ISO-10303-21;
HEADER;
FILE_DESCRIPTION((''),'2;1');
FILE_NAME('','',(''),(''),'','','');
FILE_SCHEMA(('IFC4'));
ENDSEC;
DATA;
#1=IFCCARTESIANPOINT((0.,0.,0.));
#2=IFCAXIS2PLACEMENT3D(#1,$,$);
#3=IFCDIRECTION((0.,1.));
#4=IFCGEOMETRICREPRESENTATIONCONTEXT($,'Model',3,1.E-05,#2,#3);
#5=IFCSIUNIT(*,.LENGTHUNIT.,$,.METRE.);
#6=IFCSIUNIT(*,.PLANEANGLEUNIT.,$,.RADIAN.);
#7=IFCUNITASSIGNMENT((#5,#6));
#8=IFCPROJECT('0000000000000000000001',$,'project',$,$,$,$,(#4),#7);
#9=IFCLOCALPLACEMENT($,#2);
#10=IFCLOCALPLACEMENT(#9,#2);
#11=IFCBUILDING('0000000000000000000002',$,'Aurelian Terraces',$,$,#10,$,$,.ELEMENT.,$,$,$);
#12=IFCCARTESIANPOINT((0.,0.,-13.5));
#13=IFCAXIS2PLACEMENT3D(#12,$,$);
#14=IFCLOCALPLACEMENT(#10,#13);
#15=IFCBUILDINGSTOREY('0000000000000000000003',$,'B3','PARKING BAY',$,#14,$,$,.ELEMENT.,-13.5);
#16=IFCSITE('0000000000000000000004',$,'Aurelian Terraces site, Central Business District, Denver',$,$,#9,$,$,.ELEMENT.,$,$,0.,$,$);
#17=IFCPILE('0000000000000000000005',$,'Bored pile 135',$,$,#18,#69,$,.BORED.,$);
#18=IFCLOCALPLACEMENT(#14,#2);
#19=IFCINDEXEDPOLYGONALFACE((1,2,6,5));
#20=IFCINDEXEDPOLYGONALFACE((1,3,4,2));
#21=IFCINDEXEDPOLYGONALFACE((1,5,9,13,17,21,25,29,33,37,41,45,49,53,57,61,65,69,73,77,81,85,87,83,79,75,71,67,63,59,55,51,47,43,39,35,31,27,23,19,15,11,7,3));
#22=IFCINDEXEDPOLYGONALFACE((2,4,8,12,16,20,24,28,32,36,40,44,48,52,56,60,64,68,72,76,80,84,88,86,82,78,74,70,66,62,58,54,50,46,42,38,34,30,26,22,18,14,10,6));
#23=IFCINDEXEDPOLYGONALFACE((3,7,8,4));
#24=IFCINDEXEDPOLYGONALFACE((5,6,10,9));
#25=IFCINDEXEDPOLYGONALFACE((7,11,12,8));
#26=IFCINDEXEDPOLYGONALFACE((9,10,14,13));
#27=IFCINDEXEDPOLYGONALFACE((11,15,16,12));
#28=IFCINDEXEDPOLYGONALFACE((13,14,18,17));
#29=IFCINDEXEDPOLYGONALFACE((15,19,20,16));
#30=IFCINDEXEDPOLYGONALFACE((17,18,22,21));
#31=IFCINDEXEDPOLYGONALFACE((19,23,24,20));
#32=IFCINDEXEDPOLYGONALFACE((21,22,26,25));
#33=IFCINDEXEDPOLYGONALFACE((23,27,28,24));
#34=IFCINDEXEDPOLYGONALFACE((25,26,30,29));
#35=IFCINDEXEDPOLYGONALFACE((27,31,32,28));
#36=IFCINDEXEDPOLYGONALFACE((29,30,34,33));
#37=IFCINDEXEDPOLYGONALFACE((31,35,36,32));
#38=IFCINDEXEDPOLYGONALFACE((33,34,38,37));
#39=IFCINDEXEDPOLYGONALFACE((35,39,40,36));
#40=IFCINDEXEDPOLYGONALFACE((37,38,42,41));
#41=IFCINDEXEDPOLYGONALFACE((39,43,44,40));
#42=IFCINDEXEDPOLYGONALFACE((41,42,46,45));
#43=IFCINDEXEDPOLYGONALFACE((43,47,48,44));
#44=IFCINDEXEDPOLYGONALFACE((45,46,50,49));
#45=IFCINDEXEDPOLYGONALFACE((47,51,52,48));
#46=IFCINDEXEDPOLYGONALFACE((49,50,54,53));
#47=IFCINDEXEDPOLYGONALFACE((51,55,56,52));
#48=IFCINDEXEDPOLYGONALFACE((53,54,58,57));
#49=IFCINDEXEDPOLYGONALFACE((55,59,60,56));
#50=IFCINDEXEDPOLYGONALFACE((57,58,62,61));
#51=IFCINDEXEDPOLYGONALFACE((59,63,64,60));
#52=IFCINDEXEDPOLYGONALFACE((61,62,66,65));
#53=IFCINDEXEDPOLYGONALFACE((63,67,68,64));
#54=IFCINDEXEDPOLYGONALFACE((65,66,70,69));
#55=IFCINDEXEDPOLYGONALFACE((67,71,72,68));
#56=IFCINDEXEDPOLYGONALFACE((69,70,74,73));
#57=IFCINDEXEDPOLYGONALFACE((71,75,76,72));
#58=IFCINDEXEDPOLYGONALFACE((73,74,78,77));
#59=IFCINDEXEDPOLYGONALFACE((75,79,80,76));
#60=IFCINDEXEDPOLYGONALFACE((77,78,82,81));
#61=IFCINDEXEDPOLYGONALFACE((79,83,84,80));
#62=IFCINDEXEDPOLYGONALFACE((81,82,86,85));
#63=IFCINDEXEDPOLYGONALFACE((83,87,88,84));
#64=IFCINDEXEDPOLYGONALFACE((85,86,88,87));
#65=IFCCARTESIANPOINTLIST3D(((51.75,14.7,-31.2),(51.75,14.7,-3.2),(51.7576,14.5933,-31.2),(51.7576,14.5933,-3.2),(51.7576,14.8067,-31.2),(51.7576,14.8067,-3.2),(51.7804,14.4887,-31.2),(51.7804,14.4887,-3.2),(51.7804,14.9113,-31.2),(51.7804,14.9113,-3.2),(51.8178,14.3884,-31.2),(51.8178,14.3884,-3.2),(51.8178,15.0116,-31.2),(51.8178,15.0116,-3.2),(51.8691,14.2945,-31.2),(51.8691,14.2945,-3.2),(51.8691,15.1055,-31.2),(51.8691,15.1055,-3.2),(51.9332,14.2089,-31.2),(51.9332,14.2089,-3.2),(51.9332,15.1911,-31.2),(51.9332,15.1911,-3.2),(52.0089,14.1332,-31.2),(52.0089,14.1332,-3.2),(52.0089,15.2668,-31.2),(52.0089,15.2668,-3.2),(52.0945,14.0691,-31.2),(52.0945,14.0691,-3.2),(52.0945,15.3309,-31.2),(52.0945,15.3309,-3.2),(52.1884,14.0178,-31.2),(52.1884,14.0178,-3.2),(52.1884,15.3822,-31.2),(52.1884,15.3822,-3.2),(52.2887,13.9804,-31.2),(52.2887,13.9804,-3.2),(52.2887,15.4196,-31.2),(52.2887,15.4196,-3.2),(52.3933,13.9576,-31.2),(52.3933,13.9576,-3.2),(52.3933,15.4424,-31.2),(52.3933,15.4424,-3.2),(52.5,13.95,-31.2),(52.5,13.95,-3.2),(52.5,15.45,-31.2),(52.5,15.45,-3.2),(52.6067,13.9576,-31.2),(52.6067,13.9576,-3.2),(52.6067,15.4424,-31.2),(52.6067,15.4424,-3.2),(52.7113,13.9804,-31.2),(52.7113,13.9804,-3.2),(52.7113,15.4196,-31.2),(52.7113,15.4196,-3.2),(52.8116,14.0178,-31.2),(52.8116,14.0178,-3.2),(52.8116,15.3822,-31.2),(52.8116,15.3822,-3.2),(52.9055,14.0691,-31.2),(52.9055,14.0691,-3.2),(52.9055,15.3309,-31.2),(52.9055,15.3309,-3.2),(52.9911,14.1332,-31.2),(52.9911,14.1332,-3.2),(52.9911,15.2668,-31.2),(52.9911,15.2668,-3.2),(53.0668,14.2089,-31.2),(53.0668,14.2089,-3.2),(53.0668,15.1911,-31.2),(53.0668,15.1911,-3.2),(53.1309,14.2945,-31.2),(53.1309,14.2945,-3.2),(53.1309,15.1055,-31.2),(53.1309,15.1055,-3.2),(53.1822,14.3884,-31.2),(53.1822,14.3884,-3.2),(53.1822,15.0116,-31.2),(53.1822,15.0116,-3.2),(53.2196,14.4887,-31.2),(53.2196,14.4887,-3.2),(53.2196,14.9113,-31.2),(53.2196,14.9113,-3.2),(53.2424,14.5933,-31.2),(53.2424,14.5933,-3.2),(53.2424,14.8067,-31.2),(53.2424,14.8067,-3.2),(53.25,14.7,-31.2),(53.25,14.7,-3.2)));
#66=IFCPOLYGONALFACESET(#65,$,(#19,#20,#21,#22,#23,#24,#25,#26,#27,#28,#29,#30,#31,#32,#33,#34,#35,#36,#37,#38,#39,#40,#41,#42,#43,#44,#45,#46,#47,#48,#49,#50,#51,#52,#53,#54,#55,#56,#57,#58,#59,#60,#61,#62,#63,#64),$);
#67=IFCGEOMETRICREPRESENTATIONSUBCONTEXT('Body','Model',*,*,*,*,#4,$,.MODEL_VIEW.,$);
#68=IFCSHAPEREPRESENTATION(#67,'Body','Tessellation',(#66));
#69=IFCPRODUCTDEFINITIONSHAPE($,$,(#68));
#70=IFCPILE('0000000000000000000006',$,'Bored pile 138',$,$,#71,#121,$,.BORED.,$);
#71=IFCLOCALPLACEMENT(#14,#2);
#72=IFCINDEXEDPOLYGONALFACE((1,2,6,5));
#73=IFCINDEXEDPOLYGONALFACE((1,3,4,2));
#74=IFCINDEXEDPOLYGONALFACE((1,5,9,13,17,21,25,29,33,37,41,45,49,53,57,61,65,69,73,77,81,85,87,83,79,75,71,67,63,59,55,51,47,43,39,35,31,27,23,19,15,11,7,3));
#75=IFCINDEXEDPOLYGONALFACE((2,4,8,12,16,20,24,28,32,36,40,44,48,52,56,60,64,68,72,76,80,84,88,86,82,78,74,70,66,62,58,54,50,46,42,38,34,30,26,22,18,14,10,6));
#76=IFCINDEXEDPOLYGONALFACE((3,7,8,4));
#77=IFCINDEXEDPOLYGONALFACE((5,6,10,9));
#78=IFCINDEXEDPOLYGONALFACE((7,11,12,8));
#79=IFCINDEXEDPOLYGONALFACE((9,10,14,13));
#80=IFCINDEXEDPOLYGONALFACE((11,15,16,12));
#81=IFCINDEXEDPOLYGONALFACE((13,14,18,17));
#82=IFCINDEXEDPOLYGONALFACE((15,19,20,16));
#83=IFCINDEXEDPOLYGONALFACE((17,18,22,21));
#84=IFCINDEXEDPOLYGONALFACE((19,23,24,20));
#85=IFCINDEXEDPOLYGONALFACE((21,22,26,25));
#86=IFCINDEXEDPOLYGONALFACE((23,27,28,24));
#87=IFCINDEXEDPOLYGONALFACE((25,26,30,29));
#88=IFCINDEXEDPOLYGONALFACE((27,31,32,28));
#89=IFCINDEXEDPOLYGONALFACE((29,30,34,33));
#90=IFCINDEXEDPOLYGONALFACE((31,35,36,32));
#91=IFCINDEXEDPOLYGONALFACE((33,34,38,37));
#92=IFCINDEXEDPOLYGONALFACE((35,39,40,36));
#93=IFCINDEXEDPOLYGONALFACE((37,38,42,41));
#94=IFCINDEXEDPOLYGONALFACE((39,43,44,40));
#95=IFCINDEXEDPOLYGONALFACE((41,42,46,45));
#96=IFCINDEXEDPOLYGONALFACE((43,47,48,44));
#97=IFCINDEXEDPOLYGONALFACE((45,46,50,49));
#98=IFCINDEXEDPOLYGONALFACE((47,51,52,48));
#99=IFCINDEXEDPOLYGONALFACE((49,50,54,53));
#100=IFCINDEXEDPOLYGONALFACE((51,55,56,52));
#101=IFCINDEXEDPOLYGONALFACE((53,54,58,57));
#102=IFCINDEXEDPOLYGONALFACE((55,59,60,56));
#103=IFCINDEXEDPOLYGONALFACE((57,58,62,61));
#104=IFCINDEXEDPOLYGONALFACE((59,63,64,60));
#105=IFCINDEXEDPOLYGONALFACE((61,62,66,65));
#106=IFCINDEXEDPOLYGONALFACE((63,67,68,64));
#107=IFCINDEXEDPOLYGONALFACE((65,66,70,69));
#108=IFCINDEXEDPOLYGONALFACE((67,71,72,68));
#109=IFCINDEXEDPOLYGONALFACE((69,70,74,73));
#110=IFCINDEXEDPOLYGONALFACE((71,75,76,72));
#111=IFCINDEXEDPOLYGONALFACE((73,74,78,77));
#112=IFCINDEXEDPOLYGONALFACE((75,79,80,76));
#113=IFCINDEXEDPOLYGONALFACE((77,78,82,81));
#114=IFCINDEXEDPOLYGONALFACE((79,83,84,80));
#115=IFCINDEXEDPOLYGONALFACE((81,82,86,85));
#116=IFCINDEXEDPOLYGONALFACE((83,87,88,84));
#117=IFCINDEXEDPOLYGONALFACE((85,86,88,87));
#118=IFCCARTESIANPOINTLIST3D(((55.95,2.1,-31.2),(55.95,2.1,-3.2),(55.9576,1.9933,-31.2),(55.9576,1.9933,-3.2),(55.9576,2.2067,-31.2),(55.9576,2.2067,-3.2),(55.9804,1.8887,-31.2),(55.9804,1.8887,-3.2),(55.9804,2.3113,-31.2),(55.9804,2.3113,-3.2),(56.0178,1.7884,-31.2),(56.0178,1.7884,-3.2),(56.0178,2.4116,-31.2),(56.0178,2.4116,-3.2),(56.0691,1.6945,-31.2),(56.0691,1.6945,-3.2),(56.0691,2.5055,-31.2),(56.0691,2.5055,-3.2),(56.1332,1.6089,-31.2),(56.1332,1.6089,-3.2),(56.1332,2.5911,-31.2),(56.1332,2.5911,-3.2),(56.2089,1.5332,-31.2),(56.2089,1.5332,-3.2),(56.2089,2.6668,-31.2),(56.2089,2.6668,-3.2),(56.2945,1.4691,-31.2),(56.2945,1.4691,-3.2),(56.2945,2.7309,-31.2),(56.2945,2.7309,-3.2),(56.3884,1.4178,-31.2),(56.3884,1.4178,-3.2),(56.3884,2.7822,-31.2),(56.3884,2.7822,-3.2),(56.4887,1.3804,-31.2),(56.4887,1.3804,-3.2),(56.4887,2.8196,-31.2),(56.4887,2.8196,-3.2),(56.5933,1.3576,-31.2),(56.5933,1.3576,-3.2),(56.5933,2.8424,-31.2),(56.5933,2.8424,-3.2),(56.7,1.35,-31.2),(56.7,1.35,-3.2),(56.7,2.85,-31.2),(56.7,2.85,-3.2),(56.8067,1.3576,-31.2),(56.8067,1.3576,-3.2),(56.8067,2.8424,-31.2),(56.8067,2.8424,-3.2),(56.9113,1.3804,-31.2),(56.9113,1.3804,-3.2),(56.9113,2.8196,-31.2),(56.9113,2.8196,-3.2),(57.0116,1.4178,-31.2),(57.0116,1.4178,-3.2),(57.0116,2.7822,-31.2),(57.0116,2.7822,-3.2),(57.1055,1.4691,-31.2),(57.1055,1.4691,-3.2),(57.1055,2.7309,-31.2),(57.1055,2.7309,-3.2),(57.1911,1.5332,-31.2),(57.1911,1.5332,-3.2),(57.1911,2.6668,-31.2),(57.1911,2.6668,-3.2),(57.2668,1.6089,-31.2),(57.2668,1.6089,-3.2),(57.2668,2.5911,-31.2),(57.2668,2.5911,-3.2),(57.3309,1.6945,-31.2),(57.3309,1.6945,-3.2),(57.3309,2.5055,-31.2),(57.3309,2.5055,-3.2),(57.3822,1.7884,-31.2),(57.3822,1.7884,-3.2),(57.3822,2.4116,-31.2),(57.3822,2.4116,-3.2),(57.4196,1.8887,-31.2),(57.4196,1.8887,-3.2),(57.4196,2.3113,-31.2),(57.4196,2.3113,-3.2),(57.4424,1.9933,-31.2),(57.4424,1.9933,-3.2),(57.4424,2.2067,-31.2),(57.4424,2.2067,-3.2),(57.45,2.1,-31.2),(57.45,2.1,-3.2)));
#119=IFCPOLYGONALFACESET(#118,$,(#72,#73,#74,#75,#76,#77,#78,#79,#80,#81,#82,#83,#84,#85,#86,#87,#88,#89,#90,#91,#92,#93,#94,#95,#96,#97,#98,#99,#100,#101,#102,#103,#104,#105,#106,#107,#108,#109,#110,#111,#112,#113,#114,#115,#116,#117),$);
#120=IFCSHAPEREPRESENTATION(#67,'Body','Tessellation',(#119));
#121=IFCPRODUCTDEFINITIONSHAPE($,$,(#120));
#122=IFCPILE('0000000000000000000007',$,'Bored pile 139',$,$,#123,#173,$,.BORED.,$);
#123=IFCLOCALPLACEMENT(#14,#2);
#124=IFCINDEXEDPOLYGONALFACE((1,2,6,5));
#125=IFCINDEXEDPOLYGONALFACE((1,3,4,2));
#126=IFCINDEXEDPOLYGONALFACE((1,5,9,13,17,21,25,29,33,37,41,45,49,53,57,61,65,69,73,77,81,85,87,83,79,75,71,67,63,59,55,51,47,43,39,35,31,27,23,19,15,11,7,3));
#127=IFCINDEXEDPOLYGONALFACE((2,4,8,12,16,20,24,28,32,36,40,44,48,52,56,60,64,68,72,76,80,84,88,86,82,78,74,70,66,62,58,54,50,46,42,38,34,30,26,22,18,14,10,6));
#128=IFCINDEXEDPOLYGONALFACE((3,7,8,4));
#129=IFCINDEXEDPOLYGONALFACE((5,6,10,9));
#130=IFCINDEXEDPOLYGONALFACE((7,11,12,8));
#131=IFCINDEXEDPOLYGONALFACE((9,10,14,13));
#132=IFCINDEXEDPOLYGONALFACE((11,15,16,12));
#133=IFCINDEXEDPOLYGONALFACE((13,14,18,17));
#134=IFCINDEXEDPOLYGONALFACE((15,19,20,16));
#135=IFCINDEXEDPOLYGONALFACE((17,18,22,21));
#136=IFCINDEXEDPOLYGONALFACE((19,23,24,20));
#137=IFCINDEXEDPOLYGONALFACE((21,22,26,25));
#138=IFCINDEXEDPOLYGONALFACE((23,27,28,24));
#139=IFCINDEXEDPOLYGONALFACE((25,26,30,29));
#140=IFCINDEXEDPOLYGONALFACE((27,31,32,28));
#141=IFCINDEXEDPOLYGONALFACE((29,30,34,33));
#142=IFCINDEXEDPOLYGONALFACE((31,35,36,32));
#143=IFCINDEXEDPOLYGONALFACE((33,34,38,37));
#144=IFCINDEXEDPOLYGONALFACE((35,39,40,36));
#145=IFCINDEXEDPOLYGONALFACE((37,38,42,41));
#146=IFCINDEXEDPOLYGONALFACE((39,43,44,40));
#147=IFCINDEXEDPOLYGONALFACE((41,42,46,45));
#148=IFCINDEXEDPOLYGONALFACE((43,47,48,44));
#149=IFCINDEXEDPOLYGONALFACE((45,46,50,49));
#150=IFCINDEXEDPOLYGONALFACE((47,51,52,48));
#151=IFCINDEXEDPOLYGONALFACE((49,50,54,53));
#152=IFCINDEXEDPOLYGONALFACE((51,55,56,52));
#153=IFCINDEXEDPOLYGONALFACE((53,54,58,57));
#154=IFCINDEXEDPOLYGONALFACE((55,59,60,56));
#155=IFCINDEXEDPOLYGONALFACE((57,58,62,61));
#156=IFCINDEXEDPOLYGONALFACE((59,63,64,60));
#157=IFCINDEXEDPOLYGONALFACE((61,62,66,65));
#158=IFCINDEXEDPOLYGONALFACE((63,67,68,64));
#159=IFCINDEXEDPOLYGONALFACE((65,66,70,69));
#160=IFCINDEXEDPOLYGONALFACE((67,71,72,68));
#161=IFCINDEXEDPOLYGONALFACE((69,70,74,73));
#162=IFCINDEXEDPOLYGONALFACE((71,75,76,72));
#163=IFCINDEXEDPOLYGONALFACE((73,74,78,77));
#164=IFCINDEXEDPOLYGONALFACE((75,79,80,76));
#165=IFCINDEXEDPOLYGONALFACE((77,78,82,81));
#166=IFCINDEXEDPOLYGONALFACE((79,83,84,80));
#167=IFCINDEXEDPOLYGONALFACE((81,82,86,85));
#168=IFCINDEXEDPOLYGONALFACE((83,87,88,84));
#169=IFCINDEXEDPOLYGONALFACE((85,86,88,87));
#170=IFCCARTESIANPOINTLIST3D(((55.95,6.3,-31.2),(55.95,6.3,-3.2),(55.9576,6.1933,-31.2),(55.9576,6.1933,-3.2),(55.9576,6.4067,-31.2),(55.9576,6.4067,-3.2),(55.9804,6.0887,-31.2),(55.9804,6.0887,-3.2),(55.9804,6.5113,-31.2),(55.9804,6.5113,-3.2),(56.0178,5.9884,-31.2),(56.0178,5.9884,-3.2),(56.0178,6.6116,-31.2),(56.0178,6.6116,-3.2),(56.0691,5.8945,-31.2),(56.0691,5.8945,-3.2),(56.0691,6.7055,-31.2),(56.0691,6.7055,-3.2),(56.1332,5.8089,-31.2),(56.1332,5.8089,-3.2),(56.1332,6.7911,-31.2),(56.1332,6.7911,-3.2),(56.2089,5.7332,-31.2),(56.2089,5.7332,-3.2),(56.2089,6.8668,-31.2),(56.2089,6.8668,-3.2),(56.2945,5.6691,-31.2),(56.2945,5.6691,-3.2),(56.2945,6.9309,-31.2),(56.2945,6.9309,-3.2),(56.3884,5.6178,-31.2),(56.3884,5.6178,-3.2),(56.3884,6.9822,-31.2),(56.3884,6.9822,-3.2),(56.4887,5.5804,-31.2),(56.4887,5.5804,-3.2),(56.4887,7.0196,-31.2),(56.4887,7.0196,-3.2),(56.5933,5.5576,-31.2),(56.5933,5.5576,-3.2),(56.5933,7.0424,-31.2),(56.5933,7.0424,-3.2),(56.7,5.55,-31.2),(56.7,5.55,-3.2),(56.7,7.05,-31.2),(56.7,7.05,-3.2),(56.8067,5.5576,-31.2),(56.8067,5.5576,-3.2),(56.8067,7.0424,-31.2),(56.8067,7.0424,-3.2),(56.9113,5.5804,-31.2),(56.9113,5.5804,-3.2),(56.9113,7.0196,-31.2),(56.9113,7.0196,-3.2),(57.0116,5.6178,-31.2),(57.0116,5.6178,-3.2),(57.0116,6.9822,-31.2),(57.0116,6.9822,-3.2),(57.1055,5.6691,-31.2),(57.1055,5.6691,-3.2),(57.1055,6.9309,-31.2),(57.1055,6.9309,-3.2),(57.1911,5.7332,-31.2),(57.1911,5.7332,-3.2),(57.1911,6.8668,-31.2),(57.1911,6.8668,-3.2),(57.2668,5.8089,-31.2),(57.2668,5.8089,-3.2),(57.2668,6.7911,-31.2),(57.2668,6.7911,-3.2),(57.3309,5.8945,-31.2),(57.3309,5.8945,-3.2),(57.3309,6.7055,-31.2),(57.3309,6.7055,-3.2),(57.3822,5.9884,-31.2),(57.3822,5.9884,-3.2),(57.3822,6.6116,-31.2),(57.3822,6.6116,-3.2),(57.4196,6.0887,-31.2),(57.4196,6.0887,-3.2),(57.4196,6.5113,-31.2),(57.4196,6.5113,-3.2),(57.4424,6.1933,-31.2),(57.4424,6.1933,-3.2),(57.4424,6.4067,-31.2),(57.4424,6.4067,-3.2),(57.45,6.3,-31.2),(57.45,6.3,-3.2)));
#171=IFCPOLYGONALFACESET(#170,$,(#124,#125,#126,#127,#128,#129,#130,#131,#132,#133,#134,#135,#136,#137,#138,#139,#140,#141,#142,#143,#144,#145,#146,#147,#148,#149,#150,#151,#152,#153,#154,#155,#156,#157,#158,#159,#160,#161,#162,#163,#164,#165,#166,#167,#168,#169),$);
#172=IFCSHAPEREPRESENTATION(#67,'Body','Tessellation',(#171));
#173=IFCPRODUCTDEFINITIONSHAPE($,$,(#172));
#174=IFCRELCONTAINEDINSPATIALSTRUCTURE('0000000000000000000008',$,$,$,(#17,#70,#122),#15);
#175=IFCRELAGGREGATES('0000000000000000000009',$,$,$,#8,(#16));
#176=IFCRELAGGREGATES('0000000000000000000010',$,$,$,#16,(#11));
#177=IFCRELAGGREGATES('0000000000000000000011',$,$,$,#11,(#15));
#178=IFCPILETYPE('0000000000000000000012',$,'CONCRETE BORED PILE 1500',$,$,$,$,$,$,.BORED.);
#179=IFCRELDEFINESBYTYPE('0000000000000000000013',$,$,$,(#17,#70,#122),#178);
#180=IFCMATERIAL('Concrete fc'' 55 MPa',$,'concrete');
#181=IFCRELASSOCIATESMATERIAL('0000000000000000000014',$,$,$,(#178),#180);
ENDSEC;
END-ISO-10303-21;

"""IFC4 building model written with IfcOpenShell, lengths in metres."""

from ifc_helpers import new_model, si_unit, direction, frame, origin, origin_2d, place, context, subcontext, project, spatial, circle, extrude, source, transform, mapped, material, material_profile, profile_set, type_object, element, save


model = new_model("IFC4")

# Units and contexts
model_context = context("Model", 3, precision=1e-05, world=origin(), true_north=direction((0.0, 1.0)))
body_context = subcontext(model_context, "Body", "Model", "MODEL_VIEW")
ifc_project = project(units=[si_unit("LENGTHUNIT", "METRE"), si_unit("PLANEANGLEUNIT", "RADIAN")], contexts=[model_context])

# Site, building, storey
site_placement = place(None, origin())
site = spatial("IfcSite", under=ifc_project, at=site_placement, Name="Aurelian Terraces site, Central Business District, Denver", CompositionType="ELEMENT", RefElevation=0.0)
building_placement = place(site_placement, origin())
building = spatial("IfcBuilding", under=site, at=building_placement, Name="Aurelian Terraces", CompositionType="ELEMENT")
storey_placement = place(building_placement, frame((0.0, 0.0, -13.5)))
storey = spatial("IfcBuildingStorey", under=building, at=storey_placement, Name="B3", Description="PARKING BAY", CompositionType="ELEMENT", Elevation=-13.5)

# Piles
ifc_material_1 = material(Name="Concrete fc' 55 MPa", Category="concrete")
ifc_material_profile_1 = material_profile(ifc_material_1, circle(Radius=0.75, at=origin_2d()))
ifc_profile_set_1 = profile_set([ifc_material_profile_1], Name="Concrete fc' 55 MPa")
pile_type = type_object("IfcPileType", Name="CONCRETE BORED PILE 1500", PredefinedType="BORED", material=ifc_profile_set_1)
shared_shape_1 = source(origin(), body_context, "Body", "SweptSolid", [
    extrude(circle(Radius=0.75, at=origin_2d()), origin(), (0.0, 0.0, 1.0), 28.0),
])
for number, where, z_axis, x_axis, name in (
    (1, (52.5, 14.7, -3.2), (0.0, 0.0, -1.0), (1.0, 0.0, 0.0), "Bored pile 135"),
    (2, (56.7, 2.1, -3.2), (0.0, 0.0, -1.0), (1.0, 0.0, 0.0), "Bored pile 138"),
    (3, (56.7, 6.3, -3.2), (0.0, 0.0, -1.0), (1.0, 0.0, 0.0), "Bored pile 139"),
):
    element("IfcPile", number, at=place(storey_placement, frame(where, z_axis=z_axis, x_axis=x_axis)), inside=storey, type_object=pile_type, Name=name, PredefinedType="BORED", context=body_context, shape_type="MappedRepresentation", body=[
        mapped(shared_shape_1, transform((0.0, 0.0, 0.0), scale=1.0)),
    ])

save(model, "model.ifc")
